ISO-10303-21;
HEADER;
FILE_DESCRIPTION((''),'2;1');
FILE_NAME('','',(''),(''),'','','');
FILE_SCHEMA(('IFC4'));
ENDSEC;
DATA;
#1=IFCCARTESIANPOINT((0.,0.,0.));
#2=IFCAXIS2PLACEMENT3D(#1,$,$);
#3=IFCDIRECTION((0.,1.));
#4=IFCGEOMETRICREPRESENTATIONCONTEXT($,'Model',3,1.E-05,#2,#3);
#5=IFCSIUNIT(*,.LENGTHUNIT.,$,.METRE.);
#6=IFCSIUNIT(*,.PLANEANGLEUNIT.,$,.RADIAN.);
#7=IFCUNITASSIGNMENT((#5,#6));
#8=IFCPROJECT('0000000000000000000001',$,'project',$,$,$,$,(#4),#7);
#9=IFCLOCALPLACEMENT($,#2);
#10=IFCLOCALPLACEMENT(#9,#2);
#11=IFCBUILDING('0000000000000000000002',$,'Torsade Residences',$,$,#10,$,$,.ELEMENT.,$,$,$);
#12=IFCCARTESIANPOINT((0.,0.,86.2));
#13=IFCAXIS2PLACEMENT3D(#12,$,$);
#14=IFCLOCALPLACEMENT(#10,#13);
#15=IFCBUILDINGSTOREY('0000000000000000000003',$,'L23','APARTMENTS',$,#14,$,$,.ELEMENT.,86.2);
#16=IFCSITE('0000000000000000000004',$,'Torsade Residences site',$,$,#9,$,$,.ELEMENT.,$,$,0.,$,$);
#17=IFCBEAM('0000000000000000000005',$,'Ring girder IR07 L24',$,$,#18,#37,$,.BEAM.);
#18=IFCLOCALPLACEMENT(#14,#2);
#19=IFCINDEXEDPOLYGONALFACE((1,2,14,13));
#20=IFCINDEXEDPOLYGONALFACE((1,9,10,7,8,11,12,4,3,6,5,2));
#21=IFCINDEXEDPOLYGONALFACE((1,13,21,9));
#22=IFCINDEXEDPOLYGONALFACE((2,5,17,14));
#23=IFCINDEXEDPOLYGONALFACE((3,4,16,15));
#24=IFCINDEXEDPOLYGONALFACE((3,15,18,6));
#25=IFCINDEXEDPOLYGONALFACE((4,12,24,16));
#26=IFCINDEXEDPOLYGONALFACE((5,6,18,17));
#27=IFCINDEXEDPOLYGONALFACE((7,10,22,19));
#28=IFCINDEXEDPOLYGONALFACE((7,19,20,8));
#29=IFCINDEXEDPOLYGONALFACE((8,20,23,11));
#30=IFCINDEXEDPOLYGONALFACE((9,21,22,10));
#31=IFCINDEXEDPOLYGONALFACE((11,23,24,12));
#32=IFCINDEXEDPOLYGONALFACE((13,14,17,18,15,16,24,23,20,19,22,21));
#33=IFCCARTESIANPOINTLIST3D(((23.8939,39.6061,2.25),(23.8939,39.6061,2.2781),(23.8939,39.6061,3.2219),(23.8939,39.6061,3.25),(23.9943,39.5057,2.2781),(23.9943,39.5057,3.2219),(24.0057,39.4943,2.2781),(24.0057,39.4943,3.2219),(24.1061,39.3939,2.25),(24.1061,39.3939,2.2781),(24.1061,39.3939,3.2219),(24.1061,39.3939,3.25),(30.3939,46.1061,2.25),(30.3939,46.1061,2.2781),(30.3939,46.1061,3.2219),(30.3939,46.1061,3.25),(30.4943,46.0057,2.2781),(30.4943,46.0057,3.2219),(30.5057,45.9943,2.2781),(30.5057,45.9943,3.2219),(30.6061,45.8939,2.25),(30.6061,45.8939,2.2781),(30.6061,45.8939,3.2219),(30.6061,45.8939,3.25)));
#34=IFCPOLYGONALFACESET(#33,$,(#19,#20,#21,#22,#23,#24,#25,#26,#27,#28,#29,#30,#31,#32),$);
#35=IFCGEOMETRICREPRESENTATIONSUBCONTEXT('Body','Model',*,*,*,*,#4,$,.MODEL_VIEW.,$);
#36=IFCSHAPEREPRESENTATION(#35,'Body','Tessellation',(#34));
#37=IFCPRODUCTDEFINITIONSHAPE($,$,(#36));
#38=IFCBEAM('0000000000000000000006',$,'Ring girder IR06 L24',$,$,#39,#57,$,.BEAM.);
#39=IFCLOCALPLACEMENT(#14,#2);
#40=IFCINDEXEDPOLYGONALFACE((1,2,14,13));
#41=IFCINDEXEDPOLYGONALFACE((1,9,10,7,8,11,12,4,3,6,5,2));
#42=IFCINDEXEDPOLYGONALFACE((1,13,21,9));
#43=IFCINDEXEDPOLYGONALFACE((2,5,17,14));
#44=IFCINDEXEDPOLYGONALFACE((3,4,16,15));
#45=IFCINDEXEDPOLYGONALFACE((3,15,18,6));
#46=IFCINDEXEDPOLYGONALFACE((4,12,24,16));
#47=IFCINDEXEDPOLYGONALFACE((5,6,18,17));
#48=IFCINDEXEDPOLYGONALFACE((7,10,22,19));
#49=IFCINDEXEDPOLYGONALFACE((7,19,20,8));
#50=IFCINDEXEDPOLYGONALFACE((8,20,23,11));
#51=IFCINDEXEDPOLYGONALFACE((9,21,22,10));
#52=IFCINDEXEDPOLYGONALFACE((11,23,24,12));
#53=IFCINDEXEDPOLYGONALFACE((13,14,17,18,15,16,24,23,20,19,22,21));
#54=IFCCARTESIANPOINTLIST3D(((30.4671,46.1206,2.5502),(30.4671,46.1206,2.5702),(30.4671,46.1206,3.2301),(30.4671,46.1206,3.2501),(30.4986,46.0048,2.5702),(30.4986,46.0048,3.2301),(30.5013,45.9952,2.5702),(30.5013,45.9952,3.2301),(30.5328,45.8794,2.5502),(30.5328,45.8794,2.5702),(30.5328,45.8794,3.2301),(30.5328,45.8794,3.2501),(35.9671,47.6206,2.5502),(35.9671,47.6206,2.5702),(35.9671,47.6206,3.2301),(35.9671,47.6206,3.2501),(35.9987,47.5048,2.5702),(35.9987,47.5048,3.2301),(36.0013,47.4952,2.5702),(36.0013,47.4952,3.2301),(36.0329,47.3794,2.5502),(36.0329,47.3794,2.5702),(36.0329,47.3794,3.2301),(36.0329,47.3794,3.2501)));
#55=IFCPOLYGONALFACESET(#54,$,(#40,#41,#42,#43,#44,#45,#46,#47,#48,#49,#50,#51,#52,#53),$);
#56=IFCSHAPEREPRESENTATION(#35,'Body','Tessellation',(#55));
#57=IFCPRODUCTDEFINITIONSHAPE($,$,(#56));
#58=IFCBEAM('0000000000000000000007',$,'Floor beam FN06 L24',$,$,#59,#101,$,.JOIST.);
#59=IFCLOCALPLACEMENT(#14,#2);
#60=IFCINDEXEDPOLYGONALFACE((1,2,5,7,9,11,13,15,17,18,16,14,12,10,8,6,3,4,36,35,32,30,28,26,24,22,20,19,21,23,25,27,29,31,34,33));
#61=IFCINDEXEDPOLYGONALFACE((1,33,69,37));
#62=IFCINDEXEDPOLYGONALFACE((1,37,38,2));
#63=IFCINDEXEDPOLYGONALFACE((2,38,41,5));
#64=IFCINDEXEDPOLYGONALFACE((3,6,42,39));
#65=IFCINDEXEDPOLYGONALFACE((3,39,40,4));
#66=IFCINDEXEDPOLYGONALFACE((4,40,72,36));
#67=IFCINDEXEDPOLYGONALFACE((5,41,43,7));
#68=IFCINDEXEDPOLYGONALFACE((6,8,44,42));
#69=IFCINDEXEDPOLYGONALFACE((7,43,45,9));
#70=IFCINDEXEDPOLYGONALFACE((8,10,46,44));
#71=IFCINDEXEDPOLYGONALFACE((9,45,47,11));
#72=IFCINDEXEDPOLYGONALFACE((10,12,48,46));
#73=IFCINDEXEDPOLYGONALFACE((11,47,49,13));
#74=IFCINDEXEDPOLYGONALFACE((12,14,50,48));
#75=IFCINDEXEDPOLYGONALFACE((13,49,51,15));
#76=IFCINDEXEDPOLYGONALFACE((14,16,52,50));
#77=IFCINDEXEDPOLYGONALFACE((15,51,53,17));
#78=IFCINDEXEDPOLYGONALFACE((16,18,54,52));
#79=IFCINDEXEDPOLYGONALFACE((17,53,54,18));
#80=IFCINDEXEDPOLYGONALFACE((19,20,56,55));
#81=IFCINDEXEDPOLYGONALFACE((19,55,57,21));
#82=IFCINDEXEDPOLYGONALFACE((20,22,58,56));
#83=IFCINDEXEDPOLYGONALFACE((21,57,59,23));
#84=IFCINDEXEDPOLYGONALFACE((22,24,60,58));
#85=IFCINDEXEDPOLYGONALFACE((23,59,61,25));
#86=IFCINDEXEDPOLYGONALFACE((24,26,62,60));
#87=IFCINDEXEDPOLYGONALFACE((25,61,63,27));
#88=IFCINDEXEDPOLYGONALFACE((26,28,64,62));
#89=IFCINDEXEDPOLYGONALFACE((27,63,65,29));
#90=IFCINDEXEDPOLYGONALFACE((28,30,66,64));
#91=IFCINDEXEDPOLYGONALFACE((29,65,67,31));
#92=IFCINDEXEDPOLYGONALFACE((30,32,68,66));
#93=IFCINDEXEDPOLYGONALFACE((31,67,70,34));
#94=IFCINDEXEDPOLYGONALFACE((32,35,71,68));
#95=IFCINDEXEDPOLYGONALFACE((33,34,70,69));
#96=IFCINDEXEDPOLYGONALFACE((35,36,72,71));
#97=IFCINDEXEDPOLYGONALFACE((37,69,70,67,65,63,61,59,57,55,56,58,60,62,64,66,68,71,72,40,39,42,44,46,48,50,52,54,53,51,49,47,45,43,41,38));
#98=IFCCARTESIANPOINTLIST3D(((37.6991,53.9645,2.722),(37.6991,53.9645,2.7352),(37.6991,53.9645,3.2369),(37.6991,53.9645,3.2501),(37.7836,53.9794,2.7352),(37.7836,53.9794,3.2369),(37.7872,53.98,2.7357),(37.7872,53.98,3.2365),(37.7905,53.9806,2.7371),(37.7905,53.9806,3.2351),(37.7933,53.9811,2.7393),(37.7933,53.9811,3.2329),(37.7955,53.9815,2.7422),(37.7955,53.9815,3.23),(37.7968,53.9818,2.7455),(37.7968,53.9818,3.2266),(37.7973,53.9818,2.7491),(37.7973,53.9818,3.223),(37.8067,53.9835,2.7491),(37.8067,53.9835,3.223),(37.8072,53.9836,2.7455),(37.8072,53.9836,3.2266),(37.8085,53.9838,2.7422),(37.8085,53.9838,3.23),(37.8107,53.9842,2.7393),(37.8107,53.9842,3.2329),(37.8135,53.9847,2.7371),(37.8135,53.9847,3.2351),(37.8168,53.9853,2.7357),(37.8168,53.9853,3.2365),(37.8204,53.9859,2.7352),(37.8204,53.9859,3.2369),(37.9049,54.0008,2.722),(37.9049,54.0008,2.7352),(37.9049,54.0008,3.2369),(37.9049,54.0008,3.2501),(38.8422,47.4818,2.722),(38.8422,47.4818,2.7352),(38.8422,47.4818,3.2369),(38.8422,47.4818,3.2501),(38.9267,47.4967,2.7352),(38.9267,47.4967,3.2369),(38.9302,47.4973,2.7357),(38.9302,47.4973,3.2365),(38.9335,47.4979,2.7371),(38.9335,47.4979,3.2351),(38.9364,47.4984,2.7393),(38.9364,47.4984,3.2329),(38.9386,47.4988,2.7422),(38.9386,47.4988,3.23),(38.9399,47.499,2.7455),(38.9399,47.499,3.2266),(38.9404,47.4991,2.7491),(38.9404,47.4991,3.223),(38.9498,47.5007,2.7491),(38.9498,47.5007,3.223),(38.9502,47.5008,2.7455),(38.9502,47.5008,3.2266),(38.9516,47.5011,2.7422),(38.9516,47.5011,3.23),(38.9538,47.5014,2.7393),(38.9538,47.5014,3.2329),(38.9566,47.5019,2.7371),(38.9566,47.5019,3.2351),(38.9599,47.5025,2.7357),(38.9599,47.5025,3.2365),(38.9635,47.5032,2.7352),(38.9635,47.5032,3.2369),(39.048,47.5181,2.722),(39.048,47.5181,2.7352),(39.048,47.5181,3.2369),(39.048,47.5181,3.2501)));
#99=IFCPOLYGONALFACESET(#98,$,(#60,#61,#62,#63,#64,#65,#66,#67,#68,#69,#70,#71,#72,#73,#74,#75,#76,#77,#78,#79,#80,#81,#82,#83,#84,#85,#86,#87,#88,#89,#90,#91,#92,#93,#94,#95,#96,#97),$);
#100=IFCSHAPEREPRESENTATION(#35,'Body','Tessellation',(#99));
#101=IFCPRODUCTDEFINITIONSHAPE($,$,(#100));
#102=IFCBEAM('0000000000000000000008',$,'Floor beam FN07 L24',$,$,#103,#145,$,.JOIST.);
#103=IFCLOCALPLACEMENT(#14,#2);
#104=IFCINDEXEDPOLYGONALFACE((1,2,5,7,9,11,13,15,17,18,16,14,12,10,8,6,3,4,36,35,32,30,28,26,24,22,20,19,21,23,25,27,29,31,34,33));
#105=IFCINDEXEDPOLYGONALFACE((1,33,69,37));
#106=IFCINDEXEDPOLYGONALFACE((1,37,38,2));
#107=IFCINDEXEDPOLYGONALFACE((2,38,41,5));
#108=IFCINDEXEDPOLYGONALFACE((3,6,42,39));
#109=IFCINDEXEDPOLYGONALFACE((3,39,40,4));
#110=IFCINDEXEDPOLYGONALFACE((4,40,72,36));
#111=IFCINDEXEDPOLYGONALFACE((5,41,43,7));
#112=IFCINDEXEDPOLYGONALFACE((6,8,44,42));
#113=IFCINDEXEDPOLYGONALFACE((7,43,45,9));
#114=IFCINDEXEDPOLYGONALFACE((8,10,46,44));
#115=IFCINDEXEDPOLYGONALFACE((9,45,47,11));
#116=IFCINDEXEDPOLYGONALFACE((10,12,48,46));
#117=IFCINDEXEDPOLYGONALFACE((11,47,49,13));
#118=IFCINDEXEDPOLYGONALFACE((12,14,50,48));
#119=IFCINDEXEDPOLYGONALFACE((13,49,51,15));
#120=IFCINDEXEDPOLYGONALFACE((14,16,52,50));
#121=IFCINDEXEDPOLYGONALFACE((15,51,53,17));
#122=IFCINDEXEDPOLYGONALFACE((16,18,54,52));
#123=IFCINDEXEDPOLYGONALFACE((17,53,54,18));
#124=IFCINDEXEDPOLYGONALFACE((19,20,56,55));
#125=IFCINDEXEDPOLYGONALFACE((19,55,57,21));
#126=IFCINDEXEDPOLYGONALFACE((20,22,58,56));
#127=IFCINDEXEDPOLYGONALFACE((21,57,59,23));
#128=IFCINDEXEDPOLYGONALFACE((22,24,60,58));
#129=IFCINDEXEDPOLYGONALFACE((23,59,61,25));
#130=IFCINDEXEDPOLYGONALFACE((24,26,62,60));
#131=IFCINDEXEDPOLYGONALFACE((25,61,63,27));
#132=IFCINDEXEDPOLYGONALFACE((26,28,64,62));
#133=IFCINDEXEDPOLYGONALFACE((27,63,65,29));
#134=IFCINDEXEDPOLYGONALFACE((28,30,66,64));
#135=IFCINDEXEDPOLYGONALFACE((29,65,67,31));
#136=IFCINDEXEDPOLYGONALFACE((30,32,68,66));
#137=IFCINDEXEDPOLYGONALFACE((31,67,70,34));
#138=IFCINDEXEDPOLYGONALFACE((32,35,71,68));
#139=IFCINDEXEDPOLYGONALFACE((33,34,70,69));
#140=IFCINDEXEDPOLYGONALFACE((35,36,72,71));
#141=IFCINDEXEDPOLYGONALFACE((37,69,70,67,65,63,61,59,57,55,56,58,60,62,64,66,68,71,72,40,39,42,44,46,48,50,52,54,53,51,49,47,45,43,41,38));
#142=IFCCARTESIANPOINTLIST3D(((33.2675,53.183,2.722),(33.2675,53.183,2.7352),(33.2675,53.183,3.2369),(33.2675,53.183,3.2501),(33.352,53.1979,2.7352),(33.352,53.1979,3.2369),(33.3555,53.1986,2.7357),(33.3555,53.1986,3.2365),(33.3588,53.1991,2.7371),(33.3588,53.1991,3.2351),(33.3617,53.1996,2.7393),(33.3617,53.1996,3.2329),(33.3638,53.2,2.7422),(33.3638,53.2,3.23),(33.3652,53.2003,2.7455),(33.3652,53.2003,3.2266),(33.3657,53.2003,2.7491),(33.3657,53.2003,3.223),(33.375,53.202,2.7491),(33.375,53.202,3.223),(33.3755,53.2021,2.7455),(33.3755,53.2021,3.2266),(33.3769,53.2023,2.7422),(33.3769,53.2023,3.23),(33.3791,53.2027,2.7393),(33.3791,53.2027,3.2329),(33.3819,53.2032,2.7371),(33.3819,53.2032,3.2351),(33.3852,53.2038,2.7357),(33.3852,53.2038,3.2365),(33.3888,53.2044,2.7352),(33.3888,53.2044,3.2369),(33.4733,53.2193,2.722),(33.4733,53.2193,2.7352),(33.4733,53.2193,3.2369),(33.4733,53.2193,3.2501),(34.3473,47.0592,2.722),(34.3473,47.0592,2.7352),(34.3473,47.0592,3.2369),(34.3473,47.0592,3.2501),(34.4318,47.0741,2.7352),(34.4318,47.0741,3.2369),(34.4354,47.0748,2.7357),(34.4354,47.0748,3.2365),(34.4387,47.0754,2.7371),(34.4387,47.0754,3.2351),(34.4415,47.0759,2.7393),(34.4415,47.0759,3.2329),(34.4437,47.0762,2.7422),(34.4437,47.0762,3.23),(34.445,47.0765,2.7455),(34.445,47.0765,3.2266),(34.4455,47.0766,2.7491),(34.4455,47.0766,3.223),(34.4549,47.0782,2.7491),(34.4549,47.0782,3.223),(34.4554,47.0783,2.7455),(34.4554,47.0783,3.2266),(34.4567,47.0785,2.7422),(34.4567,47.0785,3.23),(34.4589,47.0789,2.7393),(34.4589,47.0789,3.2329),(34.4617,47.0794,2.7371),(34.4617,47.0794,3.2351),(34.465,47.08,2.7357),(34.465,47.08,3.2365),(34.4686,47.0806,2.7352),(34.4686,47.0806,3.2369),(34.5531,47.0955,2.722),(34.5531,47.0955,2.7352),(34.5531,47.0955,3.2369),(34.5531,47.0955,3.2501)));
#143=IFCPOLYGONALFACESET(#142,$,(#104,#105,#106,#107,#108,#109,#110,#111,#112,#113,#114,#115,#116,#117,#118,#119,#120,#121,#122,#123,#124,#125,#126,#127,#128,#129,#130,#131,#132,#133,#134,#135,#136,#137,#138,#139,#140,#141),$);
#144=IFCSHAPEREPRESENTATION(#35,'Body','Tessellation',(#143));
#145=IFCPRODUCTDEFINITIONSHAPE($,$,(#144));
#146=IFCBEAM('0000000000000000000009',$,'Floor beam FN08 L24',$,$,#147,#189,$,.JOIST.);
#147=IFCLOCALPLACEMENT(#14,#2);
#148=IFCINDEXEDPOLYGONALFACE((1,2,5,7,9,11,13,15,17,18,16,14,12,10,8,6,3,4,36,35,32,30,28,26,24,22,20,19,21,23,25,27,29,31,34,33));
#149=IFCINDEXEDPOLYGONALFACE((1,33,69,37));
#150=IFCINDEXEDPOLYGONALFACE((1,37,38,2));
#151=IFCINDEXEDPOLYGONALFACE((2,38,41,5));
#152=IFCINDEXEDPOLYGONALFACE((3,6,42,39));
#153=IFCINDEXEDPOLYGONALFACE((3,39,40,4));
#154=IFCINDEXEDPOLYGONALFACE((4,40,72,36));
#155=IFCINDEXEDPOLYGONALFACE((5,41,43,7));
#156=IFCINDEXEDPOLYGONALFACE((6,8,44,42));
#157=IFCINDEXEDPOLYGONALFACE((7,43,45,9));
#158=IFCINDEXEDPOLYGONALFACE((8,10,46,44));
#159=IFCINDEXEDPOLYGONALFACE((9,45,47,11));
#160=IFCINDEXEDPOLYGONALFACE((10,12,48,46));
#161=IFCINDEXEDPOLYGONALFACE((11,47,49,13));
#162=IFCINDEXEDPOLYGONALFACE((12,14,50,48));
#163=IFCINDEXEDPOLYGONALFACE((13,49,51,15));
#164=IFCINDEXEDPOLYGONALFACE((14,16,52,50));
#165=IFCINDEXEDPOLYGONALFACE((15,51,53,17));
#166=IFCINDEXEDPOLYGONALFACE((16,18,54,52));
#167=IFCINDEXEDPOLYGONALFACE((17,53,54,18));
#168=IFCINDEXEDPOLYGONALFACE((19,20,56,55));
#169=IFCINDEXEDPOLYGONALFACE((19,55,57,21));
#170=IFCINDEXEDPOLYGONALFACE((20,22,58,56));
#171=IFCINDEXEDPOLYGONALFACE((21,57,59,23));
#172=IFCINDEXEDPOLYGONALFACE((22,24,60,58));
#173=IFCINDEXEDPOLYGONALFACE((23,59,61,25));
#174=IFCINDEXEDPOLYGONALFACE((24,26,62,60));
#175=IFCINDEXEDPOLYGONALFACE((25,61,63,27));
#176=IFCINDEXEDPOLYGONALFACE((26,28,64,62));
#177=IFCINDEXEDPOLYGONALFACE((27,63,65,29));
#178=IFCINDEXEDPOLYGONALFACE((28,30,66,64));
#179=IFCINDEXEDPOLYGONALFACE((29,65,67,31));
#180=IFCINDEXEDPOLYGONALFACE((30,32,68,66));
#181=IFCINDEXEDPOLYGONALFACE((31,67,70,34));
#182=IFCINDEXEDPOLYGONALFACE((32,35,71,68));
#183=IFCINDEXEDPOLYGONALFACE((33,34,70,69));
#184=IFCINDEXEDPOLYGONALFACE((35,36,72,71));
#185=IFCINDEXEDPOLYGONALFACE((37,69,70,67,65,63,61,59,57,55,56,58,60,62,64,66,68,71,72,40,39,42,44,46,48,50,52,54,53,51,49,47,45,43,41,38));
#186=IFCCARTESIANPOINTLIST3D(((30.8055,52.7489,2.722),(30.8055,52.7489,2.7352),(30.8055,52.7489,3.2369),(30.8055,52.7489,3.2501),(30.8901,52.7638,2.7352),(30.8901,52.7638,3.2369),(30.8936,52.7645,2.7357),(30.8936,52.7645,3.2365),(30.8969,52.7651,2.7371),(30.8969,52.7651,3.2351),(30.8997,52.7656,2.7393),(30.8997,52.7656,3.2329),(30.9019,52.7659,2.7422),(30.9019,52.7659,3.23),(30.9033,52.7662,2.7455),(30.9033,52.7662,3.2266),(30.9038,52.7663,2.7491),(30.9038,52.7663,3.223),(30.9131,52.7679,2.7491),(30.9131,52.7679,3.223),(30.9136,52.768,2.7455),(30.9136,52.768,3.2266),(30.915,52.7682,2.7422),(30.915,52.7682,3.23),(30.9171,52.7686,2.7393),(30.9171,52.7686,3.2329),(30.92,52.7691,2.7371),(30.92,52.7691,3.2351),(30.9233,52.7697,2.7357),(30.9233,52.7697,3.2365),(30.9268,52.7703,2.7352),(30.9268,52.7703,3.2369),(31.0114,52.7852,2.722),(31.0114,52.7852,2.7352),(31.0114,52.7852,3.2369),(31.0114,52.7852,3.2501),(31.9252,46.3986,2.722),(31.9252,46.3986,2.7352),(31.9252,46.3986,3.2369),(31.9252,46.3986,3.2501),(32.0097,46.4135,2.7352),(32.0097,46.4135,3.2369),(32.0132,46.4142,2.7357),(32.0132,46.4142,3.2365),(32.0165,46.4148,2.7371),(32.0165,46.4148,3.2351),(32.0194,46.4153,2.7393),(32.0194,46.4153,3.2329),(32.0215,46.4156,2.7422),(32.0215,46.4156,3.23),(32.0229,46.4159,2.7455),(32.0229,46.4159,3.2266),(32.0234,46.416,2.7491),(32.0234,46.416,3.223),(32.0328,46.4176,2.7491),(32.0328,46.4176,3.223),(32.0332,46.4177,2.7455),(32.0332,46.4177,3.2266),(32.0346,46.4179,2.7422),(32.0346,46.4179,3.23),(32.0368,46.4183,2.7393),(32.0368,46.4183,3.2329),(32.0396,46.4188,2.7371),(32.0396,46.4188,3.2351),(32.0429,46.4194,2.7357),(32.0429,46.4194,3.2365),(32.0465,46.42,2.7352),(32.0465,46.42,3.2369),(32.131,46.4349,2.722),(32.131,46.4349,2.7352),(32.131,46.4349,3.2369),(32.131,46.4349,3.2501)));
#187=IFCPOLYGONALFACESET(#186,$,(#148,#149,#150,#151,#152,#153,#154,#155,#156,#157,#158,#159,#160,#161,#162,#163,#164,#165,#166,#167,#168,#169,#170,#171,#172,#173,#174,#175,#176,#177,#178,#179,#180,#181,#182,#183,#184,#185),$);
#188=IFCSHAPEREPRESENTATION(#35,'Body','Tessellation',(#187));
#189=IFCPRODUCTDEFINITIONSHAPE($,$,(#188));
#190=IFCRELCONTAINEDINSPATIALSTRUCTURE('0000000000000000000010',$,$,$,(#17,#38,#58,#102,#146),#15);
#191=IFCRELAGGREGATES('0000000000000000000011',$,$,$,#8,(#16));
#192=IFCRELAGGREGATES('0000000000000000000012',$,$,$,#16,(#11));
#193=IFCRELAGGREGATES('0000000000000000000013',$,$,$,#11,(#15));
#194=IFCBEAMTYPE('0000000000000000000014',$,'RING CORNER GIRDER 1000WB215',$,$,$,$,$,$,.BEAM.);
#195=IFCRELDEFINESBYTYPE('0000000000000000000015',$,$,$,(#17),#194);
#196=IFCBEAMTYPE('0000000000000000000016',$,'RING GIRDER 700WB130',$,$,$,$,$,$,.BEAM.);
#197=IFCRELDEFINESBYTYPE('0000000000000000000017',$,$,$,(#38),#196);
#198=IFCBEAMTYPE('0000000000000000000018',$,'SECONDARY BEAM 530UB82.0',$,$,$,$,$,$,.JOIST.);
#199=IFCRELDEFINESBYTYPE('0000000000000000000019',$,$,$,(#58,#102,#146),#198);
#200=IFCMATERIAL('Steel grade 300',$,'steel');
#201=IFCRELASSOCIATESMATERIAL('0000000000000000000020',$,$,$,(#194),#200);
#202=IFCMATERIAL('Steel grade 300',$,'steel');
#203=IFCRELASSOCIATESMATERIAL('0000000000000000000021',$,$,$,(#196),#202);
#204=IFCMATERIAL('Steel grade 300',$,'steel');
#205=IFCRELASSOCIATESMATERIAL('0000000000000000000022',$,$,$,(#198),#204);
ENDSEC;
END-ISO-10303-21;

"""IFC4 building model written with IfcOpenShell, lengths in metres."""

from ifc_helpers import new_model, si_unit, direction, frame, origin, origin_2d, place, context, subcontext, project, spatial, i_section, extrude, material, material_profile, profile_set, type_object, element, save


model = new_model("IFC4")

# Units and contexts
model_context = context("Model", 3, precision=1e-05, world=origin(), true_north=direction((0.0, 1.0)))
body_context = subcontext(model_context, "Body", "Model", "MODEL_VIEW")
ifc_project = project(units=[si_unit("LENGTHUNIT", "METRE"), si_unit("PLANEANGLEUNIT", "RADIAN")], contexts=[model_context])

# Site, building, storey
site_placement = place(None, origin())
site = spatial("IfcSite", under=ifc_project, at=site_placement, Name="Torsade Residences site", CompositionType="ELEMENT", RefElevation=0.0)
building_placement = place(site_placement, origin())
building = spatial("IfcBuilding", under=site, at=building_placement, Name="Torsade Residences", CompositionType="ELEMENT")
storey_placement = place(building_placement, frame((0.0, 0.0, 86.2)))
storey = spatial("IfcBuildingStorey", under=building, at=storey_placement, Name="L23", Description="APARTMENTS", CompositionType="ELEMENT", Elevation=86.2)

# Beams
ifc_material_1 = material(Name="Steel grade 300", Category="steel")
ifc_material_profile_1 = material_profile(ifc_material_1, i_section(OverallWidth=0.3, OverallDepth=1.0, WebThickness=0.0161, FlangeThickness=0.0281, at=origin_2d()), Name="1000WB215")
ifc_profile_set_1 = profile_set([ifc_material_profile_1], Name="Steel grade 300")
beam_type_1 = type_object("IfcBeamType", Name="RING CORNER GIRDER 1000WB215", PredefinedType="BEAM", material=ifc_profile_set_1)
beam_1_placement = place(storey_placement, frame((30.5, 46.0, 2.75), z_axis=(-0.707107, -0.707107, 0.0), x_axis=(0.707107, -0.707107, 0.0)))
element("IfcBeam", 1, at=beam_1_placement, inside=storey, type_object=beam_type_1, Name="Ring girder IR07 L24", PredefinedType="BEAM", context=body_context, shape_type="SweptSolid", body=[
    extrude(i_section(OverallWidth=0.3, OverallDepth=1.0, WebThickness=0.0161, FlangeThickness=0.0281, at=origin_2d()), origin(), (0.0, 0.0, 1.0), 9.1924),
])
ifc_material_2 = material(Name="Steel grade 300", Category="steel")
ifc_material_profile_2 = material_profile(ifc_material_2, i_section(OverallWidth=0.25, OverallDepth=0.7, WebThickness=0.01, FlangeThickness=0.02, at=origin_2d()), Name="700WB130")
ifc_profile_set_2 = profile_set([ifc_material_profile_2], Name="Steel grade 300")
beam_type_2 = type_object("IfcBeamType", Name="RING GIRDER 700WB130", PredefinedType="BEAM", material=ifc_profile_set_2)
beam_2_placement = place(storey_placement, frame((36.0, 47.5, 2.9001), z_axis=(-0.964764, -0.263117, 0.0), x_axis=(0.263117, -0.964764, 0.0)))
element("IfcBeam", 2, at=beam_2_placement, inside=storey, type_object=beam_type_2, Name="Ring girder IR06 L24", PredefinedType="BEAM", context=body_context, shape_type="SweptSolid", body=[
    extrude(i_section(OverallWidth=0.25, OverallDepth=0.7, WebThickness=0.01, FlangeThickness=0.02, at=origin_2d()), origin(), (0.0, 0.0, 1.0), 5.7009),
])
ifc_material_3 = material(Name="Steel grade 300", Category="steel")
ifc_material_profile_3 = material_profile(ifc_material_3, i_section(OverallWidth=0.209, OverallDepth=0.5281, WebThickness=0.0095, FlangeThickness=0.0132, FilletRadius=0.0139, at=origin_2d()), Name="530UB82.0")
ifc_profile_set_3 = profile_set([ifc_material_profile_3], Name="Steel grade 300")
beam_type_3 = type_object("IfcBeamType", Name="SECONDARY BEAM 530UB82.0", PredefinedType="JOIST", material=ifc_profile_set_3)
beam_3_placement = place(storey_placement, frame((37.802, 53.9827, 2.9861), z_axis=(0.173648, -0.984808, 0.0), x_axis=(0.984808, 0.173648, 0.0)))
element("IfcBeam", 3, at=beam_3_placement, inside=storey, type_object=beam_type_3, Name="Floor beam FN06 L24", PredefinedType="JOIST", context=body_context, shape_type="SweptSolid", body=[
    extrude(i_section(OverallWidth=0.209, OverallDepth=0.5281, WebThickness=0.0095, FlangeThickness=0.0132, FilletRadius=0.0139, at=origin_2d()), origin(), (0.0, 0.0, 1.0), 6.5828),
])
beam_4_placement = place(storey_placement, frame((33.3704, 53.2012, 2.9861), z_axis=(0.173655, -0.984806, 0.0), x_axis=(0.984806, 0.173655, 0.0)))
element("IfcBeam", 4, at=beam_4_placement, inside=storey, type_object=beam_type_3, Name="Floor beam FN07 L24", PredefinedType="JOIST", context=body_context, shape_type="SweptSolid", body=[
    extrude(i_section(OverallWidth=0.209, OverallDepth=0.5281, WebThickness=0.0095, FlangeThickness=0.0132, FilletRadius=0.0139, at=origin_2d()), origin(), (0.0, 0.0, 1.0), 6.2183),
])
beam_5_placement = place(storey_placement, frame((30.9084, 52.7671, 2.9861), z_axis=(0.173632, -0.984811, 0.0), x_axis=(0.984811, 0.173632, 0.0)))
element("IfcBeam", 5, at=beam_5_placement, inside=storey, type_object=beam_type_3, Name="Floor beam FN08 L24", PredefinedType="JOIST", context=body_context, shape_type="SweptSolid", body=[
    extrude(i_section(OverallWidth=0.209, OverallDepth=0.5281, WebThickness=0.0095, FlangeThickness=0.0132, FilletRadius=0.0139, at=origin_2d()), origin(), (0.0, 0.0, 1.0), 6.4482),
])

save(model, "model.ifc")
